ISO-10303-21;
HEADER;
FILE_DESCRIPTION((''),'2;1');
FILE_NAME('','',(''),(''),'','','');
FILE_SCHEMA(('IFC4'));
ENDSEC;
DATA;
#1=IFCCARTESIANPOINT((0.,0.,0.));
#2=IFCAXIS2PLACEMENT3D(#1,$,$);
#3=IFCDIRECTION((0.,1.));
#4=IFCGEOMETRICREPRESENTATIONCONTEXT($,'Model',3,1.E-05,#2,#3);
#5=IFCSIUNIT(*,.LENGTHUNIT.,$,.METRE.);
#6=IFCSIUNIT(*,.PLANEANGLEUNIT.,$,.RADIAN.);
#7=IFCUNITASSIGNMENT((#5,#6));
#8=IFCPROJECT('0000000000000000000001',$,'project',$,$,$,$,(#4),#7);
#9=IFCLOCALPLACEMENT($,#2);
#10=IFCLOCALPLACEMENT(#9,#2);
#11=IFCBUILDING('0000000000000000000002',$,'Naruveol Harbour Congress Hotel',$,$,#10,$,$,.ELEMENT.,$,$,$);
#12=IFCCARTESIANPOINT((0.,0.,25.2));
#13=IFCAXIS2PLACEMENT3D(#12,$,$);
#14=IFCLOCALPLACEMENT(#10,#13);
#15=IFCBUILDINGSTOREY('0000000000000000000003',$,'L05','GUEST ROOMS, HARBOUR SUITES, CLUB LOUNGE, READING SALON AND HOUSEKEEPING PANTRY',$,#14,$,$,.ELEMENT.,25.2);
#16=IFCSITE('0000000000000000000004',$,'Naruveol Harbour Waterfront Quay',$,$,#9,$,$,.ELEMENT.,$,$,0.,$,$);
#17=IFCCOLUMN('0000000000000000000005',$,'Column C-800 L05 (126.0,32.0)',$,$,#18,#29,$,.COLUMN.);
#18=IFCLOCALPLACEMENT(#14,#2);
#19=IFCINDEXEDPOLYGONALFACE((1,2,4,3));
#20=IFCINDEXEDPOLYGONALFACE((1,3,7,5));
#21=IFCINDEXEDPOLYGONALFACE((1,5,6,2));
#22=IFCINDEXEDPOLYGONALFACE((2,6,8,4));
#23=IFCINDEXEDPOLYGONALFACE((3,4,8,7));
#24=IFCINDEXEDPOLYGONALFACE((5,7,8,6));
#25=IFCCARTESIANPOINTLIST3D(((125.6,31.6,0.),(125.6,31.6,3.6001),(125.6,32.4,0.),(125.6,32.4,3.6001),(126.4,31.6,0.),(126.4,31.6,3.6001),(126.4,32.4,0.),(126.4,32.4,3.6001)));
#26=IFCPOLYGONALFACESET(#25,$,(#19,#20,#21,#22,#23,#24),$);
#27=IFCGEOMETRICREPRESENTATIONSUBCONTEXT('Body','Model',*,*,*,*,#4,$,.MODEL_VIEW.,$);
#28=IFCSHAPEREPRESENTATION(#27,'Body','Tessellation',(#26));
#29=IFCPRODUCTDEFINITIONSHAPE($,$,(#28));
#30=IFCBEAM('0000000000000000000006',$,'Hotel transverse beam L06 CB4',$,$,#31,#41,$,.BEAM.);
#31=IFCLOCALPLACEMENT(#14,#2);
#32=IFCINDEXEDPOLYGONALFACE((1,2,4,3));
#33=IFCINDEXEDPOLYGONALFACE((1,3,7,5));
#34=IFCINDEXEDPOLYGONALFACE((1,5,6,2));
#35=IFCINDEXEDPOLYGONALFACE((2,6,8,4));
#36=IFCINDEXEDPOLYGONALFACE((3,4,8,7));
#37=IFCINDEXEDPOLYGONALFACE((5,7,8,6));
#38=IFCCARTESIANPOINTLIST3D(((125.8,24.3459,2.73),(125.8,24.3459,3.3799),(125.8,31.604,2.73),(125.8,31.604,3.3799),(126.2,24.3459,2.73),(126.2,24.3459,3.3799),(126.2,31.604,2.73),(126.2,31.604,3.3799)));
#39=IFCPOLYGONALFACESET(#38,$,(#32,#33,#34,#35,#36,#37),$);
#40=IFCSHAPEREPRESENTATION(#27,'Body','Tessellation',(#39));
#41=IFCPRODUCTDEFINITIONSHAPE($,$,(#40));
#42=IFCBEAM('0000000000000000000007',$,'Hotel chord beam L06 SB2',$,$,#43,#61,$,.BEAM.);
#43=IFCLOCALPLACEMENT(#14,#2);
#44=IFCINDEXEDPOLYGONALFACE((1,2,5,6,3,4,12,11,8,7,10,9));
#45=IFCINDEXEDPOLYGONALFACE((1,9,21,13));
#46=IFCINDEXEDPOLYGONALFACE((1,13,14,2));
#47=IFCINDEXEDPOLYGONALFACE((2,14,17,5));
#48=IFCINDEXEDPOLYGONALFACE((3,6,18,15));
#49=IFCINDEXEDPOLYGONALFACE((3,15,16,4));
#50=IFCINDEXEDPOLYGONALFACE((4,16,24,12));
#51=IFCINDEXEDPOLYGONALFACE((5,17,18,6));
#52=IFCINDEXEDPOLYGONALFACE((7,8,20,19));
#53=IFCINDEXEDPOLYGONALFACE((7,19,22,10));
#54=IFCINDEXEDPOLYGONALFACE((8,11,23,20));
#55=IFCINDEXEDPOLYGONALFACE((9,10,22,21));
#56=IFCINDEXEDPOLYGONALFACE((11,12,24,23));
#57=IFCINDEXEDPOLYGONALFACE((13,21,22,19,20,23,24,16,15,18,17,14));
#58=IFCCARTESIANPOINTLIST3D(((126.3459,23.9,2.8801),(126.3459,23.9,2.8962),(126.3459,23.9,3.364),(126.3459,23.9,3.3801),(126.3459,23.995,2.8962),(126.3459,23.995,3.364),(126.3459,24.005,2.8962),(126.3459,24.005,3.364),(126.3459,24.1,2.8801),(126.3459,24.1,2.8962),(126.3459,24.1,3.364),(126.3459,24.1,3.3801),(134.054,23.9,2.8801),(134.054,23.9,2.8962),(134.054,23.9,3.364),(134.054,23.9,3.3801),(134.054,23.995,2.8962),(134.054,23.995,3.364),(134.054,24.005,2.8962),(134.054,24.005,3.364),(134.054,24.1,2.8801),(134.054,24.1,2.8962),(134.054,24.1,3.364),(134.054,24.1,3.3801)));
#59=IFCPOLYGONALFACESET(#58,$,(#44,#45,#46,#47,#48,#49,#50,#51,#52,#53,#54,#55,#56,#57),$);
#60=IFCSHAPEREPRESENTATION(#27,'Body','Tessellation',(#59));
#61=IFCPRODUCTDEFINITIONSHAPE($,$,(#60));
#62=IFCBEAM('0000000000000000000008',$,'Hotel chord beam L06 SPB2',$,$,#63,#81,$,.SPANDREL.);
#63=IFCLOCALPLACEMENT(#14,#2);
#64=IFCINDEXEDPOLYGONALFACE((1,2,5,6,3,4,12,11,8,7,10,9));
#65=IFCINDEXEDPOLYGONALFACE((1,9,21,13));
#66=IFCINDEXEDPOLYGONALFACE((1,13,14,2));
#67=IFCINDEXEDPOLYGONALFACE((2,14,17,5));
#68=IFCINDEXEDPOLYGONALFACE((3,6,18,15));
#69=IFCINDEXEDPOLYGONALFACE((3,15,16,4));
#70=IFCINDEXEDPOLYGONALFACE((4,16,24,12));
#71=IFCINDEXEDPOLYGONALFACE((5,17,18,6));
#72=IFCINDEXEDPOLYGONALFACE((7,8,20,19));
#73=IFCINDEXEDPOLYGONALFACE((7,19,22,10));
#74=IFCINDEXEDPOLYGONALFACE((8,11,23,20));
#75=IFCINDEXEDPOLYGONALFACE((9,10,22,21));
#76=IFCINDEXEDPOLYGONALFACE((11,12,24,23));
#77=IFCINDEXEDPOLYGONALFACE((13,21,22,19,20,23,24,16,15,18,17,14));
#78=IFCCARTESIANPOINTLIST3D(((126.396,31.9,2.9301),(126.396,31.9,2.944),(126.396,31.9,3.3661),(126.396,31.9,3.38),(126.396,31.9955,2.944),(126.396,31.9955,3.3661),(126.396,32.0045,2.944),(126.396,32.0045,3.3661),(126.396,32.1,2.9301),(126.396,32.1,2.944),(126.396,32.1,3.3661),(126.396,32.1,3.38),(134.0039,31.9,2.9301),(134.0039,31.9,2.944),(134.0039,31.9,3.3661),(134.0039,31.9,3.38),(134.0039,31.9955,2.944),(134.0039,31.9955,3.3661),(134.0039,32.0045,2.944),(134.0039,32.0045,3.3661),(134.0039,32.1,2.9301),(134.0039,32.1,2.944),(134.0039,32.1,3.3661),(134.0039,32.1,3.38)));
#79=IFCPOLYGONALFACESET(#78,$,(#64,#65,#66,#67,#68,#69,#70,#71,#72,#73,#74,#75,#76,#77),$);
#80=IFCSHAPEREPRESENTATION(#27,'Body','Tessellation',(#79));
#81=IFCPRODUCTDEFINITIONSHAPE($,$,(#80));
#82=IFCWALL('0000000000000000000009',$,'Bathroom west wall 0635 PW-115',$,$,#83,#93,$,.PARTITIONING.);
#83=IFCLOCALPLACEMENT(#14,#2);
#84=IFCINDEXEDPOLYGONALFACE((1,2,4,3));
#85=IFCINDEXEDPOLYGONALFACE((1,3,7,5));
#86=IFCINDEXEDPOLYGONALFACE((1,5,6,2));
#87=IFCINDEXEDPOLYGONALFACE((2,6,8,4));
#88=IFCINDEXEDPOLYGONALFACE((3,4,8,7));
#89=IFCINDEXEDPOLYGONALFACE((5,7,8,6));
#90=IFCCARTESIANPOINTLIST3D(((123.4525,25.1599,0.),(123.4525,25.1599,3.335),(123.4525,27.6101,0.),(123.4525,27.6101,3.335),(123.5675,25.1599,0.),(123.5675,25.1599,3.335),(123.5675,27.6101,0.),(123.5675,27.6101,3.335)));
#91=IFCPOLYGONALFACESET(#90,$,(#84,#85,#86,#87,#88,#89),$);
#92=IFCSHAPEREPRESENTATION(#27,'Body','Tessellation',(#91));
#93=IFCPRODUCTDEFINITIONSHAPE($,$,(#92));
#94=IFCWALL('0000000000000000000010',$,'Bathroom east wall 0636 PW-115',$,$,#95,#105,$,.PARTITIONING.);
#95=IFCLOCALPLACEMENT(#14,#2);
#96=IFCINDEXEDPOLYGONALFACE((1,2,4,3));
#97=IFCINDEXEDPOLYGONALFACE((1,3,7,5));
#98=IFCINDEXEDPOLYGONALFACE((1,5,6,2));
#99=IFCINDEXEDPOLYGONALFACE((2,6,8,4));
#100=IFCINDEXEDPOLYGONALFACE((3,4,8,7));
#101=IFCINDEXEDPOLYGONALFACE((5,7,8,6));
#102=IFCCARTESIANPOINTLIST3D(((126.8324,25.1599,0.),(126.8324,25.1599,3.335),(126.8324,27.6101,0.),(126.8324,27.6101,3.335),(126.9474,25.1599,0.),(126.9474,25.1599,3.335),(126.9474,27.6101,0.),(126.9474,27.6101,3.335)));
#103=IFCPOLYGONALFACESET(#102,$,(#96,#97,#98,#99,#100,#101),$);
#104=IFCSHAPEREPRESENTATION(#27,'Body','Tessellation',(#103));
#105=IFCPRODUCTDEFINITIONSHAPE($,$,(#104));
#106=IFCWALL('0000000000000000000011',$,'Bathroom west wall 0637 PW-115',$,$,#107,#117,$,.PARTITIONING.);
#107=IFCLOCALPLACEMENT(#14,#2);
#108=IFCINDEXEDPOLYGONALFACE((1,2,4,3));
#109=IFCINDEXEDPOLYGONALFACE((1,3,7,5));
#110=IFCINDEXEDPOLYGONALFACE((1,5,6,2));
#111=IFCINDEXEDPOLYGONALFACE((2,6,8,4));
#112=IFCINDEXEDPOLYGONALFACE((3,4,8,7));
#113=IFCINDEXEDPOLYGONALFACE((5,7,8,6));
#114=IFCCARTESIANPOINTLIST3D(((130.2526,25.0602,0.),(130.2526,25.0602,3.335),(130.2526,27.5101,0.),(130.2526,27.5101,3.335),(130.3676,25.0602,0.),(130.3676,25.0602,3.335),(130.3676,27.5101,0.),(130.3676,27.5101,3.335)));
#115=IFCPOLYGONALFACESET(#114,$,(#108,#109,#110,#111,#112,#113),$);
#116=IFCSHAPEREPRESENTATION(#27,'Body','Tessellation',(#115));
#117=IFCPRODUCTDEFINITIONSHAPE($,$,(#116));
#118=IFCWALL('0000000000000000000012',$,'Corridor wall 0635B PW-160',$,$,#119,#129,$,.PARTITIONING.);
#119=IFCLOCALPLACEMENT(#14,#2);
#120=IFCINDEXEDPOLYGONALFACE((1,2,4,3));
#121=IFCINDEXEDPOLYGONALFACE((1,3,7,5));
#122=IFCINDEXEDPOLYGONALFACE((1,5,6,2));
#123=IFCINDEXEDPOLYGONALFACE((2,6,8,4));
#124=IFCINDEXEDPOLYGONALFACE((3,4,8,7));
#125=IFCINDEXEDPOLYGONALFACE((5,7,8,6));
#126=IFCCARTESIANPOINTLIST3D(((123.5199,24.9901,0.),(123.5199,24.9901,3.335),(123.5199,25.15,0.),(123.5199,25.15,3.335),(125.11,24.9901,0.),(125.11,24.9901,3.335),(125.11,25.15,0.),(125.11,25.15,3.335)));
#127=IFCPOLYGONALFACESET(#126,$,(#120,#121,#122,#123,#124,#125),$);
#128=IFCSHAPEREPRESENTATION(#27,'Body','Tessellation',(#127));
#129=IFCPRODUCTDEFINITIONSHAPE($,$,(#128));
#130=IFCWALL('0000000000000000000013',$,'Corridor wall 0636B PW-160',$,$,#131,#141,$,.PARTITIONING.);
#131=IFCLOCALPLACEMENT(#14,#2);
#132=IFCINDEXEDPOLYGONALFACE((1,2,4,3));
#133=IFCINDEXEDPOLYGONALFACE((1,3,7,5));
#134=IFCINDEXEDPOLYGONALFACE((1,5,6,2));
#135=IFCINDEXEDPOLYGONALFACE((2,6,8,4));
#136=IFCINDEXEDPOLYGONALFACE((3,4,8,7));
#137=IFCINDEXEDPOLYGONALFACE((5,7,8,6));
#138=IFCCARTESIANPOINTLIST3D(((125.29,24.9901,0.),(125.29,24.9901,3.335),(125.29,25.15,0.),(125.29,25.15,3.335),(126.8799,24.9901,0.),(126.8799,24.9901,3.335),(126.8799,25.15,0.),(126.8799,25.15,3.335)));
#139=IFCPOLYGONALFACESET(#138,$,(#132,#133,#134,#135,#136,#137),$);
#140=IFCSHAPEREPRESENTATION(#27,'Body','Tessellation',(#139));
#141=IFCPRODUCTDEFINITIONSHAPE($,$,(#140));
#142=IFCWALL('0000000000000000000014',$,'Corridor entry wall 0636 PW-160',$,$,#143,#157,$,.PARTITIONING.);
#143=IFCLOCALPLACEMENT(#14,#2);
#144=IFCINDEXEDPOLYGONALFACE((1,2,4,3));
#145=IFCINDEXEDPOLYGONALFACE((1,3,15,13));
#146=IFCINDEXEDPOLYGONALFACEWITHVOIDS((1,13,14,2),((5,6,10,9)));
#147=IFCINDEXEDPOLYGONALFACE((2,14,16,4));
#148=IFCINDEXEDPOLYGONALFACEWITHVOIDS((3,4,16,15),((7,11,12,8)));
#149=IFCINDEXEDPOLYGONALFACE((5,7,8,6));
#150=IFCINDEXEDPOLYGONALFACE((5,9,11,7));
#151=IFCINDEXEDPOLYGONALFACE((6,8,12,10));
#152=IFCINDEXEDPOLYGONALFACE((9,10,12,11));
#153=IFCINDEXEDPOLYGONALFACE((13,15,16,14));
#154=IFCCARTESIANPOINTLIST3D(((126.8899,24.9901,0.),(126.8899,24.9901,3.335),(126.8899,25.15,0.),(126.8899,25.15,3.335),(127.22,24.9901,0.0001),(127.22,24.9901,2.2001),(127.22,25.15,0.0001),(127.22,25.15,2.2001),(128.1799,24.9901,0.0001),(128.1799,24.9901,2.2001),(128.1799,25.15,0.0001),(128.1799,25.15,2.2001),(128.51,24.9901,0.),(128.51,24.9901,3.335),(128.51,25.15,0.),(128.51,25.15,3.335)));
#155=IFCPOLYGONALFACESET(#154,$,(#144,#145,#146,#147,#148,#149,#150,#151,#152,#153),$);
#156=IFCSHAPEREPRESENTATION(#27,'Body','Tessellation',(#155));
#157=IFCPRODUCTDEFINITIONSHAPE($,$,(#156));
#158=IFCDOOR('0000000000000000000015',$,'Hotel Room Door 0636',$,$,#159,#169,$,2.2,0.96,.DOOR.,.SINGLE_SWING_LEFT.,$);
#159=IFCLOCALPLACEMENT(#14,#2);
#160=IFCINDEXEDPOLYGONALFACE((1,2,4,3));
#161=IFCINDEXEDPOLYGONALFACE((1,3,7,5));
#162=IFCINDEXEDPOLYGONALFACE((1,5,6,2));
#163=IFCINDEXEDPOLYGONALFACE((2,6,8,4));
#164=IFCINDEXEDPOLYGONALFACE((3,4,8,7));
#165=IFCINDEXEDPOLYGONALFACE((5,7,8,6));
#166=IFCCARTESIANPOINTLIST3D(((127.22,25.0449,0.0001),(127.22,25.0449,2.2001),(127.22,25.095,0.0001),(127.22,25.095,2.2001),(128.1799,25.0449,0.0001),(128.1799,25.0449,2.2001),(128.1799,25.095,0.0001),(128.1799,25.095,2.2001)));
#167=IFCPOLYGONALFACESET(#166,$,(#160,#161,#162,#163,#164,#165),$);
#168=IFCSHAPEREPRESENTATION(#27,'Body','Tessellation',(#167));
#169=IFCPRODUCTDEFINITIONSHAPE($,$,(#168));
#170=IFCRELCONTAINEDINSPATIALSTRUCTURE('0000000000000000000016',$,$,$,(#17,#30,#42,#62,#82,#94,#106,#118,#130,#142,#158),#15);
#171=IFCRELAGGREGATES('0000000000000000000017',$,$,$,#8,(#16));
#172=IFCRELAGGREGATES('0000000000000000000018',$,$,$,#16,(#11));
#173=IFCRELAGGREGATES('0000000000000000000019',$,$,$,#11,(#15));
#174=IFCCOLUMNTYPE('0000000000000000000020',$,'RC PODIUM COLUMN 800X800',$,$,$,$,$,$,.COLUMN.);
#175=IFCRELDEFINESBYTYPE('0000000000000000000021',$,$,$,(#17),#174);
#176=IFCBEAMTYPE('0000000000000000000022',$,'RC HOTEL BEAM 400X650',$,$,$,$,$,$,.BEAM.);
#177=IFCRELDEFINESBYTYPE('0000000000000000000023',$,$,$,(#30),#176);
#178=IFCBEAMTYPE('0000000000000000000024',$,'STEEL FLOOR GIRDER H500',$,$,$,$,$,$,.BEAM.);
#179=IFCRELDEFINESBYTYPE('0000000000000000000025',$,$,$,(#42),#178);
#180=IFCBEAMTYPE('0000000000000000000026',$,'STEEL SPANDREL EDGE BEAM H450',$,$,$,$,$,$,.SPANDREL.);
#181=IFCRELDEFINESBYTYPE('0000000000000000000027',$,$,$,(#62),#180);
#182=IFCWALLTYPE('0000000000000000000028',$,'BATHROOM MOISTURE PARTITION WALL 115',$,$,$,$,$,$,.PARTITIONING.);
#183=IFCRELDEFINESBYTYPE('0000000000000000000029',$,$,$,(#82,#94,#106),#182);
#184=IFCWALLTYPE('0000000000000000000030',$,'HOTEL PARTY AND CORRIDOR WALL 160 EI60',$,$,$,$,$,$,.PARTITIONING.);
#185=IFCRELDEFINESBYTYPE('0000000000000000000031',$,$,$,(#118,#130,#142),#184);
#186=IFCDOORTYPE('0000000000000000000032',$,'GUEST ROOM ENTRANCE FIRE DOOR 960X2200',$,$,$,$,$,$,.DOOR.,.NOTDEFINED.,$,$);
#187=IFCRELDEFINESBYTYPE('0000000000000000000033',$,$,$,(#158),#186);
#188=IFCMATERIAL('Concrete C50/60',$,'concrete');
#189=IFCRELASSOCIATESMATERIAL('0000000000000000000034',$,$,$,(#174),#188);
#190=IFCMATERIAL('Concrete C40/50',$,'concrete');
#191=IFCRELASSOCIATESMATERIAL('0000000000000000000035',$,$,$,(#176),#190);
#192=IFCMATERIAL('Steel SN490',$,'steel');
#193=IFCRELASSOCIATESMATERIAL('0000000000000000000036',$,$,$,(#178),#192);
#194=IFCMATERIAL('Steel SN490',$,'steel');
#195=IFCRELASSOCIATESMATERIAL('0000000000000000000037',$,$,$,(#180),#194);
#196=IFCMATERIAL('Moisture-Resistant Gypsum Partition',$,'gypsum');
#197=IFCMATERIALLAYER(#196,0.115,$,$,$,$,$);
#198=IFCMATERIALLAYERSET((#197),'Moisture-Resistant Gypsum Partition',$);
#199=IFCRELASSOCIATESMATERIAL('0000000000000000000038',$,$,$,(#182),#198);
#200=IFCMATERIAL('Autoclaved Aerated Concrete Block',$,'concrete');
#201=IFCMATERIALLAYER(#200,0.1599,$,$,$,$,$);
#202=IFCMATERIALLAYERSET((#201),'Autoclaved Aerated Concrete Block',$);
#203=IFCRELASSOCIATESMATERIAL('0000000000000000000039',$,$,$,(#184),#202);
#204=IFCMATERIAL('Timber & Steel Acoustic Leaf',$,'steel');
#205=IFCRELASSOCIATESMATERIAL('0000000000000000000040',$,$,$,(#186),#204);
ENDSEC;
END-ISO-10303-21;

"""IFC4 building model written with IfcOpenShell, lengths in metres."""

from ifc_helpers import new_model, si_unit, direction, frame, frame_2d, origin, origin_2d, place, context, subcontext, project, spatial, rectangle, i_section, extrude, material, layer, layer_set, material_profile, profile_set, type_object, element, fill, save


model = new_model("IFC4")

# Units and contexts
model_context = context("Model", 3, precision=1e-05, world=origin(), true_north=direction((0.0, 1.0)))
body_context = subcontext(model_context, "Body", "Model", "MODEL_VIEW")
ifc_project = project(units=[si_unit("LENGTHUNIT", "METRE"), si_unit("PLANEANGLEUNIT", "RADIAN")], contexts=[model_context])

# Site, building, storey
site_placement = place(None, origin())
site = spatial("IfcSite", under=ifc_project, at=site_placement, Name="Naruveol Harbour Waterfront Quay", CompositionType="ELEMENT", RefElevation=0.0)
building_placement = place(site_placement, origin())
building = spatial("IfcBuilding", under=site, at=building_placement, Name="Naruveol Harbour Congress Hotel", CompositionType="ELEMENT")
storey_placement = place(building_placement, frame((0.0, 0.0, 25.2)))
storey = spatial("IfcBuildingStorey", under=building, at=storey_placement, Name="L05", Description="GUEST ROOMS, HARBOUR SUITES, CLUB LOUNGE, READING SALON AND HOUSEKEEPING PANTRY", CompositionType="ELEMENT", Elevation=25.2)

# Column
ifc_material_1 = material(Name="Concrete C50/60", Category="concrete")
ifc_material_profile_1 = material_profile(ifc_material_1, rectangle(XDim=0.8, YDim=0.8, at=origin_2d()), Name="RC-800x800")
ifc_profile_set_1 = profile_set([ifc_material_profile_1], Name="Concrete C50/60")
column_type = type_object("IfcColumnType", Name="RC PODIUM COLUMN 800X800", PredefinedType="COLUMN", material=ifc_profile_set_1)
column_placement = place(storey_placement, frame((126.0, 32.0, 0.0), z_axis=(0.0, 0.0, 1.0), x_axis=(1.0, 0.0, 0.0)))
element("IfcColumn", 1, at=column_placement, inside=storey, type_object=column_type, Name="Column C-800 L05 (126.0,32.0)", PredefinedType="COLUMN", context=body_context, shape_type="SweptSolid", body=[
    extrude(rectangle(XDim=0.8, YDim=0.8, at=origin_2d()), origin(), (0.0, 0.0, 1.0), 3.6001),
])

# Beams
ifc_material_2 = material(Name="Concrete C40/50", Category="concrete")
ifc_material_profile_2 = material_profile(ifc_material_2, rectangle(XDim=0.3999, YDim=0.6499, at=origin_2d()), Name="RCB-400x650")
ifc_profile_set_2 = profile_set([ifc_material_profile_2], Name="Concrete C40/50")
beam_type_1 = type_object("IfcBeamType", Name="RC HOTEL BEAM 400X650", PredefinedType="BEAM", material=ifc_profile_set_2)
beam_1_placement = place(storey_placement, frame((126.0, 24.3459, 3.0549), z_axis=(0.0, 1.0, 0.0), x_axis=(-1.0, 0.0, 0.0)))
element("IfcBeam", 2, at=beam_1_placement, inside=storey, type_object=beam_type_1, Name="Hotel transverse beam L06 CB4", PredefinedType="BEAM", context=body_context, shape_type="SweptSolid", body=[
    extrude(rectangle(XDim=0.3999, YDim=0.6499, at=origin_2d()), origin(), (0.0, 0.0, 1.0), 7.2581),
])
ifc_material_3 = material(Name="Steel SN490", Category="steel")
ifc_material_profile_3 = material_profile(ifc_material_3, i_section(OverallWidth=0.2, OverallDepth=0.5, WebThickness=0.01, FlangeThickness=0.0161, at=origin_2d()), Name="H-500x200x10x16")
ifc_profile_set_3 = profile_set([ifc_material_profile_3], Name="Steel SN490")
beam_type_2 = type_object("IfcBeamType", Name="STEEL FLOOR GIRDER H500", PredefinedType="BEAM", material=ifc_profile_set_3)
beam_2_placement = place(storey_placement, frame((126.3459, 24.0, 3.1301), z_axis=(1.0, 0.0, 0.0), x_axis=(0.0, 1.0, 0.0)))
element("IfcBeam", 3, at=beam_2_placement, inside=storey, type_object=beam_type_2, Name="Hotel chord beam L06 SB2", PredefinedType="BEAM", context=body_context, shape_type="SweptSolid", body=[
    extrude(i_section(OverallWidth=0.2, OverallDepth=0.5, WebThickness=0.01, FlangeThickness=0.0161, at=origin_2d()), origin(), (0.0, 0.0, 1.0), 7.708),
])
ifc_material_4 = material(Name="Steel SN490", Category="steel")
ifc_material_profile_4 = material_profile(ifc_material_4, i_section(OverallWidth=0.2, OverallDepth=0.45, WebThickness=0.009, FlangeThickness=0.0139, at=origin_2d()), Name="H-450x200x9x14")
ifc_profile_set_4 = profile_set([ifc_material_profile_4], Name="Steel SN490")
beam_type_3 = type_object("IfcBeamType", Name="STEEL SPANDREL EDGE BEAM H450", PredefinedType="SPANDREL", material=ifc_profile_set_4)
beam_3_placement = place(storey_placement, frame((126.396, 32.0, 3.155), z_axis=(1.0, 0.0, 0.0), x_axis=(0.0, 1.0, 0.0)))
element("IfcBeam", 4, at=beam_3_placement, inside=storey, type_object=beam_type_3, Name="Hotel chord beam L06 SPB2", PredefinedType="SPANDREL", context=body_context, shape_type="SweptSolid", body=[
    extrude(i_section(OverallWidth=0.2, OverallDepth=0.45, WebThickness=0.009, FlangeThickness=0.0139, at=origin_2d()), origin(), (0.0, 0.0, 1.0), 7.6079),
])

# Wall
ifc_material_5 = material(Name="Moisture-Resistant Gypsum Partition", Category="gypsum")
ifc_layer_1 = layer(ifc_material_5, 0.115)
ifc_layer_set_1 = layer_set([ifc_layer_1], Name="Moisture-Resistant Gypsum Partition")
wall_type_1 = type_object("IfcWallType", Name="BATHROOM MOISTURE PARTITION WALL 115", PredefinedType="PARTITIONING", material=ifc_layer_set_1)
wall_1_placement = place(storey_placement, frame((123.51, 25.1599, 0.0), z_axis=(0.0, 0.0, 1.0), x_axis=(0.0, 1.0, 0.0)))
element("IfcWall", 5, at=wall_1_placement, inside=storey, type_object=wall_type_1, Name="Bathroom west wall 0635 PW-115", PredefinedType="PARTITIONING", context=body_context, shape_type="SweptSolid", body=[
    extrude(rectangle(XDim=2.4502, YDim=0.115, at=frame_2d((1.2251, 0.0))), origin(), (0.0, 0.0, 1.0), 3.335),
])

# Wall
wall_2_placement = place(storey_placement, frame((126.8899, 25.1599, 0.0), z_axis=(0.0, 0.0, 1.0), x_axis=(0.0, 1.0, 0.0)))
element("IfcWall", 6, at=wall_2_placement, inside=storey, type_object=wall_type_1, Name="Bathroom east wall 0636 PW-115", PredefinedType="PARTITIONING", context=body_context, shape_type="SweptSolid", body=[
    extrude(rectangle(XDim=2.4502, YDim=0.115, at=frame_2d((1.2251, 0.0))), origin(), (0.0, 0.0, 1.0), 3.335),
])

# Walls
wall_3_placement = place(storey_placement, frame((130.3101, 25.0601, 0.0), z_axis=(0.0, 0.0, 1.0), x_axis=(0.0, 1.0, 0.0)))
element("IfcWall", 7, at=wall_3_placement, inside=storey, type_object=wall_type_1, Name="Bathroom west wall 0637 PW-115", PredefinedType="PARTITIONING", context=body_context, shape_type="SweptSolid", body=[
    extrude(rectangle(XDim=2.45, YDim=0.115, at=frame_2d((1.2251, 0.0))), origin(), (0.0, 0.0, 1.0), 3.335),
])
ifc_material_6 = material(Name="Autoclaved Aerated Concrete Block", Category="concrete")
ifc_layer_2 = layer(ifc_material_6, 0.1599)
ifc_layer_set_2 = layer_set([ifc_layer_2], Name="Autoclaved Aerated Concrete Block")
wall_type_2 = type_object("IfcWallType", Name="HOTEL PARTY AND CORRIDOR WALL 160 EI60", PredefinedType="PARTITIONING", material=ifc_layer_set_2)
wall_4_placement = place(storey_placement, frame((123.52, 25.0701, 0.0), z_axis=(0.0, 0.0, 1.0), x_axis=(1.0, 0.0, 0.0)))
element("IfcWall", 8, at=wall_4_placement, inside=storey, type_object=wall_type_2, Name="Corridor wall 0635B PW-160", PredefinedType="PARTITIONING", context=body_context, shape_type="SweptSolid", body=[
    extrude(rectangle(XDim=1.5901, YDim=0.1599, at=frame_2d((0.7949, 0.0))), origin(), (0.0, 0.0, 1.0), 3.335),
])
wall_5_placement = place(storey_placement, frame((125.29, 25.0701, 0.0), z_axis=(0.0, 0.0, 1.0), x_axis=(1.0, 0.0, 0.0)))
element("IfcWall", 9, at=wall_5_placement, inside=storey, type_object=wall_type_2, Name="Corridor wall 0636B PW-160", PredefinedType="PARTITIONING", context=body_context, shape_type="SweptSolid", body=[
    extrude(rectangle(XDim=1.5898, YDim=0.1599, at=frame_2d((0.7949, 0.0))), origin(), (0.0, 0.0, 1.0), 3.335),
])

# Wall, opening, door
wall_6_placement = place(storey_placement, frame((126.8899, 25.0701, 0.0), z_axis=(0.0, 0.0, 1.0), x_axis=(1.0, 0.0, 0.0)))
wall_6 = element("IfcWall", 10, at=wall_6_placement, inside=storey, type_object=wall_type_2, Name="Corridor entry wall 0636 PW-160", PredefinedType="PARTITIONING", context=body_context, shape_type="SweptSolid", body=[
    extrude(rectangle(XDim=1.6201, YDim=0.1599, at=frame_2d((0.8101, 0.0))), origin(), (0.0, 0.0, 1.0), 3.335),
])
opening_1_placement = place(wall_6_placement, frame((0.3301, 0.0, 0.0)))
opening_1 = element("IfcOpeningElement", 11, at=opening_1_placement, cuts=wall_6, PredefinedType="OPENING", context=body_context, shape_type="SweptSolid", body=[
    extrude(rectangle(XDim=0.96, YDim=2.2, at=frame_2d((0.48, 1.1001))), frame((0.0, 0.0898, 0.0), z_axis=(0.0, -1.0, 0.0), x_axis=(1.0, 0.0, 0.0)), (0.0, 0.0, 1.0), 0.1799),
])
ifc_material_7 = material(Name="Timber & Steel Acoustic Leaf", Category="steel")
door_type_1 = type_object("IfcDoorType", Name="GUEST ROOM ENTRANCE FIRE DOOR 960X2200", OperationType="NOTDEFINED", PredefinedType="DOOR", material=ifc_material_7)
door_1_placement = place(opening_1_placement, origin())
door_1 = element("IfcDoor", 12, at=door_1_placement, inside=storey, type_object=door_type_1, Name="Hotel Room Door 0636", OperationType="SINGLE_SWING_LEFT", OverallHeight=2.2, OverallWidth=0.96, PredefinedType="DOOR", context=body_context, shape_type="SweptSolid", body=[
    extrude(rectangle(XDim=0.96, YDim=2.2, at=frame_2d((0.48, 1.1001))), frame((0.0, 0.0249, 0.0), z_axis=(0.0, -1.0, 0.0), x_axis=(1.0, 0.0, 0.0)), (0.0, 0.0, 1.0), 0.05),
])
fill(opening_1, door_1)

save(model, "model.ifc")
